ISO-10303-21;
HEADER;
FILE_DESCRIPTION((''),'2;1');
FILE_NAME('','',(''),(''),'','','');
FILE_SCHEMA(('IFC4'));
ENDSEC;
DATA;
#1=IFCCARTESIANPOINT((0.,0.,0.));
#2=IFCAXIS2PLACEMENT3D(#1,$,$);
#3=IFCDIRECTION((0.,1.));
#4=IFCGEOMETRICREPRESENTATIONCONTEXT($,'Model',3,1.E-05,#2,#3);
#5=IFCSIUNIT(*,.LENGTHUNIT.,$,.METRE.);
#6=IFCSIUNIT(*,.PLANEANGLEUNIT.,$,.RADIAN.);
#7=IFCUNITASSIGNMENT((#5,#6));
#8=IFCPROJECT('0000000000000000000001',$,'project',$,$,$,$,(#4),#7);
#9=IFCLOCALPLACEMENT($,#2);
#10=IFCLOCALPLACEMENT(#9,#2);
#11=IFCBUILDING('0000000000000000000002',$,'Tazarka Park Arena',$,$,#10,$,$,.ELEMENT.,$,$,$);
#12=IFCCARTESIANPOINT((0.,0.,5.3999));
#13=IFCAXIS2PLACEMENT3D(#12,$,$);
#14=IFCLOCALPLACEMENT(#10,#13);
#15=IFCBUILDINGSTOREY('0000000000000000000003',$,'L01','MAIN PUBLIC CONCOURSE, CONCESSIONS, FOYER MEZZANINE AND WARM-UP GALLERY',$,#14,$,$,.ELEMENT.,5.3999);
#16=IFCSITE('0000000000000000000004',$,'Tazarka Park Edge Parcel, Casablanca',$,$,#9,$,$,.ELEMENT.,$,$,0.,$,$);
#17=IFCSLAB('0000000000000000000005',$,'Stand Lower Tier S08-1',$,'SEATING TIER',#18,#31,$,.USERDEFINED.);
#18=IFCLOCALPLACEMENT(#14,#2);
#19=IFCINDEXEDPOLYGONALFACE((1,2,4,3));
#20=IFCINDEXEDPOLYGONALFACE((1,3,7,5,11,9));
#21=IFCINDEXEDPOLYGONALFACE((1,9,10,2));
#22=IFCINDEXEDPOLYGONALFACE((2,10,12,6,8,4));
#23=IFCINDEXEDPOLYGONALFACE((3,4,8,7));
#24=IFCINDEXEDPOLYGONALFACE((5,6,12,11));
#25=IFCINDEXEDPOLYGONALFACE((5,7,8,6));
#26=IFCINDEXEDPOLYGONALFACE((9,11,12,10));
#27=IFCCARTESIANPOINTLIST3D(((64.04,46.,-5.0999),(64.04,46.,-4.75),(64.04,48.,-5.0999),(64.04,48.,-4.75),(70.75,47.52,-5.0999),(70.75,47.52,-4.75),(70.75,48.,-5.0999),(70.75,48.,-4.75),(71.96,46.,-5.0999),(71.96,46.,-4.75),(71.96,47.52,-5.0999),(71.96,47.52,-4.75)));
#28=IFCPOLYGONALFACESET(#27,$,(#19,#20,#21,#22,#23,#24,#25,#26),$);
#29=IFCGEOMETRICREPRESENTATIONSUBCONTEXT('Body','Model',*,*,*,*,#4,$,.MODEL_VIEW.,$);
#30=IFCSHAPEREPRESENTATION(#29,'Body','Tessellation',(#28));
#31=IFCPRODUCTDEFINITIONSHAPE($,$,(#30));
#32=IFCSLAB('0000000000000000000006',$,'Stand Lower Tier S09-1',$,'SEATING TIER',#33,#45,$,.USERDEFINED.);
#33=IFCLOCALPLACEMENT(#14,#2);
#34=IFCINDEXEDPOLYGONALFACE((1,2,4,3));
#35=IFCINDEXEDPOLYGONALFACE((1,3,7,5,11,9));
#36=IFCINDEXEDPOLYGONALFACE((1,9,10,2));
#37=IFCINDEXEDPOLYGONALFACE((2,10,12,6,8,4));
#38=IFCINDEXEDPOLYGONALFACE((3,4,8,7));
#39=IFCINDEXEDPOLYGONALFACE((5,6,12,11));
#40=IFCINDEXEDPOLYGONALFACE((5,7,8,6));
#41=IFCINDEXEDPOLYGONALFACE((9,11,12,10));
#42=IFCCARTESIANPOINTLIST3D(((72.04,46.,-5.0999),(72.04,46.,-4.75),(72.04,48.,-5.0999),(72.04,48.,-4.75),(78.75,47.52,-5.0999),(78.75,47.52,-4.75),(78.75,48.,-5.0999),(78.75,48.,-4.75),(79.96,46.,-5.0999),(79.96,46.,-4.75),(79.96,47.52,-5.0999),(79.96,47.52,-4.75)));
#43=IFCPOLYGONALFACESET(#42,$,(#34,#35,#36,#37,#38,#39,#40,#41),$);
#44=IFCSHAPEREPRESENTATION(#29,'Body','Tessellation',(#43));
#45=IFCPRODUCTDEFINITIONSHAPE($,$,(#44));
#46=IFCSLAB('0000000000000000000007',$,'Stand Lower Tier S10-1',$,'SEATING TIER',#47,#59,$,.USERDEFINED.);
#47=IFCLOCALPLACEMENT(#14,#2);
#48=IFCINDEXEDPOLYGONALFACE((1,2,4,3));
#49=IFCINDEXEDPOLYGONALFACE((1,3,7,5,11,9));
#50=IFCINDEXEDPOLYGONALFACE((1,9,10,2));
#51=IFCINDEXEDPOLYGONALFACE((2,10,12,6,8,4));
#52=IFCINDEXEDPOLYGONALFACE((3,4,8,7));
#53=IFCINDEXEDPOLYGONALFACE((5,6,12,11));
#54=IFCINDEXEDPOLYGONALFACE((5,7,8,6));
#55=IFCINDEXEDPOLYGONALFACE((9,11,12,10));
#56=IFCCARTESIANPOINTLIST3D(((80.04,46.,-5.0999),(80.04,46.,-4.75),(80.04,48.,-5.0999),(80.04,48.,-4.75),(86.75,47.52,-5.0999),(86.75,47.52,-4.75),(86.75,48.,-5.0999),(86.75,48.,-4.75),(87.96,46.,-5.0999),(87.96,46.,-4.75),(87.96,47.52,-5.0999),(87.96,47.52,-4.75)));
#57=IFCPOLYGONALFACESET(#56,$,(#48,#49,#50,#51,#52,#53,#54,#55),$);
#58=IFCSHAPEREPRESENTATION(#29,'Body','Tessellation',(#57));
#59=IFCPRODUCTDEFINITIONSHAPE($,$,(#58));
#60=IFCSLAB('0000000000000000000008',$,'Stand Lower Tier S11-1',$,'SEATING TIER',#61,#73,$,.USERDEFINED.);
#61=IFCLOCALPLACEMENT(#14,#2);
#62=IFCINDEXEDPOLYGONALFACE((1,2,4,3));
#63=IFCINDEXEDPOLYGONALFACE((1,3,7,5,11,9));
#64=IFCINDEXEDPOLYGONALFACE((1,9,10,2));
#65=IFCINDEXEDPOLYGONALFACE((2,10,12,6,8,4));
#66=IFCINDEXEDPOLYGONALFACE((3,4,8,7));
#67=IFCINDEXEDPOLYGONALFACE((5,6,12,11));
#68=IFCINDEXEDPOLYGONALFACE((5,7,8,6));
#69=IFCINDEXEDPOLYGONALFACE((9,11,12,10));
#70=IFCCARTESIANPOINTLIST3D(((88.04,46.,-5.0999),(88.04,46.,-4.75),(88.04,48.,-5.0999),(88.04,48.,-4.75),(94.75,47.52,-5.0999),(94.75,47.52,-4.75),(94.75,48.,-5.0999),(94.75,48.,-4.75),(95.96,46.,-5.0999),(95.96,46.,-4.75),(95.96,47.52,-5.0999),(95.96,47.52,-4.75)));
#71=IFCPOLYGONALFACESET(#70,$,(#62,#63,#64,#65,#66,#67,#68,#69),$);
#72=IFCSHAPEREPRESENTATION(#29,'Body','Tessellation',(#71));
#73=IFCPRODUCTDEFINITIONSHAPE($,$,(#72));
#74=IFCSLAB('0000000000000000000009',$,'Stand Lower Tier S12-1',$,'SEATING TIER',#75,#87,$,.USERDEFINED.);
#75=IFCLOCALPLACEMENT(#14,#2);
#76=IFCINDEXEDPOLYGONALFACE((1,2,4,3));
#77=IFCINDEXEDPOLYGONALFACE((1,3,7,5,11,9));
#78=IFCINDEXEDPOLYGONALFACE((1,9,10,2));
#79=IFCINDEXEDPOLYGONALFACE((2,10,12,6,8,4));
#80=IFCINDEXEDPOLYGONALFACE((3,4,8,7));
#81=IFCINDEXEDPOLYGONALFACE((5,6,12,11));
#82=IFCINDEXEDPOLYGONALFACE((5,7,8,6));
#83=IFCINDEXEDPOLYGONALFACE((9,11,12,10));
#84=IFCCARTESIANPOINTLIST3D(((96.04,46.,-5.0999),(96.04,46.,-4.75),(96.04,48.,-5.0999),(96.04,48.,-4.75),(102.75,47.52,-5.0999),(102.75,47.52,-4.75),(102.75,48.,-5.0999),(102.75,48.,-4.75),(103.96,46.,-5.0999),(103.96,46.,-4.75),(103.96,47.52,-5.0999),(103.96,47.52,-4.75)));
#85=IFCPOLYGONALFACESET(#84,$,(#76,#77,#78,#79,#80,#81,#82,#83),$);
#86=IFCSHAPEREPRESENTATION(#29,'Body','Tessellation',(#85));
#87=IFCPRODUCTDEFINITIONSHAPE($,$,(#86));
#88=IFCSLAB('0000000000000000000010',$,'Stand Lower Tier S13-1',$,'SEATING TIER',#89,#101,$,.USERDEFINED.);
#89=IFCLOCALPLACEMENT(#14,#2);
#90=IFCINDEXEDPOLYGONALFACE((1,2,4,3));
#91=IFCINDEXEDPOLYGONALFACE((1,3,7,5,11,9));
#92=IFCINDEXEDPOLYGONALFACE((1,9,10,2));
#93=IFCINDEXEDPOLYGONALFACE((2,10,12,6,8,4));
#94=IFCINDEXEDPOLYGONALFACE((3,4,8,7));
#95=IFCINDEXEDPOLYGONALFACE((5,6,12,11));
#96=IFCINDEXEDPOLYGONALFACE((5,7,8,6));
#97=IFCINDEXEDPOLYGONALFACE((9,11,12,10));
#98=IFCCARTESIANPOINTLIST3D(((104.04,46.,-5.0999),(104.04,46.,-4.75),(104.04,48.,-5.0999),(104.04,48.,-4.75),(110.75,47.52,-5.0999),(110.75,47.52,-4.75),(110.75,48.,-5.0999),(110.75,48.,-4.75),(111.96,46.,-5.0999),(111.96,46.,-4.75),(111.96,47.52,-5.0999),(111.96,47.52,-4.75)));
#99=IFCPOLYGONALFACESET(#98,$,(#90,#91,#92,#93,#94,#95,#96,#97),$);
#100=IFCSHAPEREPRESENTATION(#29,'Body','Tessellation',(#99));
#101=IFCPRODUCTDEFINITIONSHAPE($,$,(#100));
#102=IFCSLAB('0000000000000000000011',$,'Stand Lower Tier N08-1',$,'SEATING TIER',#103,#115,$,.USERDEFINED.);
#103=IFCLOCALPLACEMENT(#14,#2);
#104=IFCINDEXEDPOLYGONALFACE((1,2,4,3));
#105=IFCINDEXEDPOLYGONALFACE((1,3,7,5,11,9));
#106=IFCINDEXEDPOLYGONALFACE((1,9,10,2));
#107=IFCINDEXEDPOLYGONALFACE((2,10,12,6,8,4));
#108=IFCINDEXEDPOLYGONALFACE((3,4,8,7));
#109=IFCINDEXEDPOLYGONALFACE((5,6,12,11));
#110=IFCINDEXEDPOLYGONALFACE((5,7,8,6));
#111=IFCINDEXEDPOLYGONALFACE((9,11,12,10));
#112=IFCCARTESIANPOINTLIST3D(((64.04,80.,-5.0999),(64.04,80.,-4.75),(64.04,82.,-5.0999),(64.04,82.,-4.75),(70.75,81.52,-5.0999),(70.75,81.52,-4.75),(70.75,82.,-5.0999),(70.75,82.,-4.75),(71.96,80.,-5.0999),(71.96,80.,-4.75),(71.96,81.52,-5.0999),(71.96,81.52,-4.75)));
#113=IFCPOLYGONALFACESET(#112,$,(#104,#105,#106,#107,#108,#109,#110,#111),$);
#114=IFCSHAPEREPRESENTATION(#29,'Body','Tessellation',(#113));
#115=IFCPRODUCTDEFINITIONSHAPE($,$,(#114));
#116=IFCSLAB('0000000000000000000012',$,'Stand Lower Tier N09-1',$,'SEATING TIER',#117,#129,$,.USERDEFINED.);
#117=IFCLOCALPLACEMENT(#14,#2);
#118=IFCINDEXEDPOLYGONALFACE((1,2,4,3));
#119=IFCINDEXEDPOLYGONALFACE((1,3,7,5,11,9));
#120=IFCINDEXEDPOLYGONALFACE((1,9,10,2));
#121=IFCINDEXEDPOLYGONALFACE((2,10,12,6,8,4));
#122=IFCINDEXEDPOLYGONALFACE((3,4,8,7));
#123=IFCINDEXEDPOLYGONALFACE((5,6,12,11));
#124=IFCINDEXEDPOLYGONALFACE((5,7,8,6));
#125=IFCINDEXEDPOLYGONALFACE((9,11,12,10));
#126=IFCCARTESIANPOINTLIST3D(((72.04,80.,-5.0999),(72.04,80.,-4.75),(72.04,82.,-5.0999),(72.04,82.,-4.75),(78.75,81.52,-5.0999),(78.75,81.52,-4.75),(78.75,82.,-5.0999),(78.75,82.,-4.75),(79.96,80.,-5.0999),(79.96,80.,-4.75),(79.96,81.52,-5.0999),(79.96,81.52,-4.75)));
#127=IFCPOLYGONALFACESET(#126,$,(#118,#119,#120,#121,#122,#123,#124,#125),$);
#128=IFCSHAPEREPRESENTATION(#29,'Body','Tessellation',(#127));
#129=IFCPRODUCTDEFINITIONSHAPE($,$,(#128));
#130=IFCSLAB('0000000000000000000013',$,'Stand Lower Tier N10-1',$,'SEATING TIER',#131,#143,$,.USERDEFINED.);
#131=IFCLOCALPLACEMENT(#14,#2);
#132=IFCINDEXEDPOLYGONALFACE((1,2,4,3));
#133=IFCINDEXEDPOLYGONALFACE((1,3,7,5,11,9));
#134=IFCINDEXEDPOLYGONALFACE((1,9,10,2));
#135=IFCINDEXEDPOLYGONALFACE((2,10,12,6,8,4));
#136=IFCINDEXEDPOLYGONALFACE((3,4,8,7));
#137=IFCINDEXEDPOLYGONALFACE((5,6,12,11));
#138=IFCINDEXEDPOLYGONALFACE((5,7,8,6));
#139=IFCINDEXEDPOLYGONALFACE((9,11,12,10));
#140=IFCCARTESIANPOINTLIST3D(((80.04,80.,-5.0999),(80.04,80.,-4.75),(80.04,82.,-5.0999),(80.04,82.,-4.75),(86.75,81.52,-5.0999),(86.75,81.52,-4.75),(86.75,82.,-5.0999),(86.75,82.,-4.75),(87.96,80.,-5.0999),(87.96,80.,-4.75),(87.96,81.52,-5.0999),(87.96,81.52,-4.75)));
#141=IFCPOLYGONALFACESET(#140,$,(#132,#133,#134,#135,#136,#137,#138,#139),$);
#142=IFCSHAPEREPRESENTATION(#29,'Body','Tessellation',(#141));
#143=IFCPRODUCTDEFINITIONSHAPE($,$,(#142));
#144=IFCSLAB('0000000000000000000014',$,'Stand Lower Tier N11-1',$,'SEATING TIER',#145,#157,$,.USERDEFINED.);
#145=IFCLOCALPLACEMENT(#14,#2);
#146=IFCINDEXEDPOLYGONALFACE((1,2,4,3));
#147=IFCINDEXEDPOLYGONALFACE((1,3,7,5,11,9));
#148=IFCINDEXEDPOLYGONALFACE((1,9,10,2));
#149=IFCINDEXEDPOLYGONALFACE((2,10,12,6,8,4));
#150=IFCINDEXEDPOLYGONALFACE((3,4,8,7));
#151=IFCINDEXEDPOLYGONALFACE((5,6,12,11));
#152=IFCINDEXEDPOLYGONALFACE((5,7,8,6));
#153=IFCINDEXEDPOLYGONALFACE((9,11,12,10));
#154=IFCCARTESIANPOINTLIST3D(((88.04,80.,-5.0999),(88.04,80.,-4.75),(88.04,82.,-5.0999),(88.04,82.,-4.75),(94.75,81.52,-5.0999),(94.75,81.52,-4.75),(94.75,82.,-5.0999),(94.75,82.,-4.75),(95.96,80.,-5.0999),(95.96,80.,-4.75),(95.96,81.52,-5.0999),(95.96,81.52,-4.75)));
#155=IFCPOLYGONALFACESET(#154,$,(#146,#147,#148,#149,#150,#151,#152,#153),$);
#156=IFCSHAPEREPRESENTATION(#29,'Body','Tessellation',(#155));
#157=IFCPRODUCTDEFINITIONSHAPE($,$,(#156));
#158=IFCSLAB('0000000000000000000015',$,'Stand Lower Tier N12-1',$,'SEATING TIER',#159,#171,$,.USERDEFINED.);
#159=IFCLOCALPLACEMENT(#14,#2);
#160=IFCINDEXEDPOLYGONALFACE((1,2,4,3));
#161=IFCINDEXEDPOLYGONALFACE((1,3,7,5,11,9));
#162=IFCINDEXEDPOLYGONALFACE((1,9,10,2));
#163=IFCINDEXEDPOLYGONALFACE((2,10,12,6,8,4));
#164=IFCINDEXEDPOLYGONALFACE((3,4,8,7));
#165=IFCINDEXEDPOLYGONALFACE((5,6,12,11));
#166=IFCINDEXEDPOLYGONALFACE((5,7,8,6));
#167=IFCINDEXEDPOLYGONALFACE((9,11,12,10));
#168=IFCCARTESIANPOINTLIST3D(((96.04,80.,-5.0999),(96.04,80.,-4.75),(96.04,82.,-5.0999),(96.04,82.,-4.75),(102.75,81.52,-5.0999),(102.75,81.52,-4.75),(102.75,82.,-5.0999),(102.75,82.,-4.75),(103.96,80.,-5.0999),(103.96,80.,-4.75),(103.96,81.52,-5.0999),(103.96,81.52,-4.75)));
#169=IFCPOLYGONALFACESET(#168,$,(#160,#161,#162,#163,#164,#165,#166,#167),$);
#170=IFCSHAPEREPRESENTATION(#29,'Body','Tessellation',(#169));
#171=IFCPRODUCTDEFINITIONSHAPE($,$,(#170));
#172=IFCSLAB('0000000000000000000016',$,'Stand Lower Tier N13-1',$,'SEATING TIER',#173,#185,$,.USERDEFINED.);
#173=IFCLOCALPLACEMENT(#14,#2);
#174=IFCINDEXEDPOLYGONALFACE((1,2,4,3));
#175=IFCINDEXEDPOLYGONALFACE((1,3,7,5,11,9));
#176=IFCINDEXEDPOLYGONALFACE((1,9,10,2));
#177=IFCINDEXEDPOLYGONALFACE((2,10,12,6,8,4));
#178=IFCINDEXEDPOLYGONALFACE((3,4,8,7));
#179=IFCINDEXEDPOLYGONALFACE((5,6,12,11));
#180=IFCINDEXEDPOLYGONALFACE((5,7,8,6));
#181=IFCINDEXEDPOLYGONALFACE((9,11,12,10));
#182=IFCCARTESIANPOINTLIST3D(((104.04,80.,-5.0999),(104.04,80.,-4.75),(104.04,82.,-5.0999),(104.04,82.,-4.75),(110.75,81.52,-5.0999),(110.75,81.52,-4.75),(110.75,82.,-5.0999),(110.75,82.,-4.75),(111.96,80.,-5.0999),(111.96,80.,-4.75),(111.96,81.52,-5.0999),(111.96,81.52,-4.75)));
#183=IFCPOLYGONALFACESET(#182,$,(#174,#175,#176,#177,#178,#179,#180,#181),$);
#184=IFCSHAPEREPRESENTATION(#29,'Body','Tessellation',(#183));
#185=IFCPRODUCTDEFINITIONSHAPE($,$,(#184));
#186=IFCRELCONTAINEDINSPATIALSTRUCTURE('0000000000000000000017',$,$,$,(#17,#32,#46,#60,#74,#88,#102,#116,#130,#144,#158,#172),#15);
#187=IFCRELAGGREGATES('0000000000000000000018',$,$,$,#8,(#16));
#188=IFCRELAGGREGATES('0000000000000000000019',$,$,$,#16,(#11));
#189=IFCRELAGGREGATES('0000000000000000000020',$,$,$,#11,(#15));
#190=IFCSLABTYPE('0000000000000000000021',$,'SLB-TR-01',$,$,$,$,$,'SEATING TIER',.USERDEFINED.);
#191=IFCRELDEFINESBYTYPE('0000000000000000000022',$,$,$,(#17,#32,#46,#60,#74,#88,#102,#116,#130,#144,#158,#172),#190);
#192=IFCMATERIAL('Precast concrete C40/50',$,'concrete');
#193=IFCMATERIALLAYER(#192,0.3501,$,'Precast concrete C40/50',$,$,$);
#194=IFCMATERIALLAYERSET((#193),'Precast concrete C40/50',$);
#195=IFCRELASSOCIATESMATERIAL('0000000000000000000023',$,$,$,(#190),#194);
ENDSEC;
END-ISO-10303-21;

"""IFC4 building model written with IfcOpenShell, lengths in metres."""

from ifc_helpers import new_model, si_unit, direction, frame, origin, place, context, subcontext, project, spatial, polyline, outline, extrude, material, layer, layer_set, type_object, element, save


model = new_model("IFC4")

# Units and contexts
model_context = context("Model", 3, precision=1e-05, world=origin(), true_north=direction((0.0, 1.0)))
body_context = subcontext(model_context, "Body", "Model", "MODEL_VIEW")
ifc_project = project(units=[si_unit("LENGTHUNIT", "METRE"), si_unit("PLANEANGLEUNIT", "RADIAN")], contexts=[model_context])

# Site, building, storey
site_placement = place(None, origin())
site = spatial("IfcSite", under=ifc_project, at=site_placement, Name="Tazarka Park Edge Parcel, Casablanca", CompositionType="ELEMENT", RefElevation=0.0)
building_placement = place(site_placement, origin())
building = spatial("IfcBuilding", under=site, at=building_placement, Name="Tazarka Park Arena", CompositionType="ELEMENT")
storey_placement = place(building_placement, frame((0.0, 0.0, 5.3999)))
storey = spatial("IfcBuildingStorey", under=building, at=storey_placement, Name="L01", Description="MAIN PUBLIC CONCOURSE, CONCESSIONS, FOYER MEZZANINE AND WARM-UP GALLERY", CompositionType="ELEMENT", Elevation=5.3999)

# Slabs
ifc_material_1 = material(Name="Precast concrete C40/50", Category="concrete")
ifc_layer_1 = layer(ifc_material_1, 0.3501, Name="Precast concrete C40/50")
ifc_layer_set_1 = layer_set([ifc_layer_1], Name="Precast concrete C40/50")
slab_type_1 = type_object("IfcSlabType", Name="SLB-TR-01", ElementType="SEATING TIER", PredefinedType="USERDEFINED", material=ifc_layer_set_1)
slab_1_placement = place(storey_placement, frame((0.0, 0.0, -5.0999)))
element("IfcSlab", 1, at=slab_1_placement, inside=storey, type_object=slab_type_1, Name="Stand Lower Tier S08-1", ObjectType="SEATING TIER", PredefinedType="USERDEFINED", context=body_context, shape_type="SweptSolid", body=[
    extrude(outline(polyline([(64.04, 46.0), (71.96, 46.0), (71.96, 47.52), (70.75, 47.52), (70.75, 48.0), (64.04, 48.0), (64.04, 46.0)])), origin(), (0.0, 0.0, 1.0), 0.3499),
])
slab_2_placement = place(storey_placement, frame((0.0, 0.0, -5.0999)))
element("IfcSlab", 2, at=slab_2_placement, inside=storey, type_object=slab_type_1, Name="Stand Lower Tier S09-1", ObjectType="SEATING TIER", PredefinedType="USERDEFINED", context=body_context, shape_type="SweptSolid", body=[
    extrude(outline(polyline([(72.04, 46.0), (79.96, 46.0), (79.96, 47.52), (78.75, 47.52), (78.75, 48.0), (72.04, 48.0), (72.04, 46.0)])), origin(), (0.0, 0.0, 1.0), 0.3499),
])
slab_3_placement = place(storey_placement, frame((0.0, 0.0, -5.0999)))
element("IfcSlab", 3, at=slab_3_placement, inside=storey, type_object=slab_type_1, Name="Stand Lower Tier S10-1", ObjectType="SEATING TIER", PredefinedType="USERDEFINED", context=body_context, shape_type="SweptSolid", body=[
    extrude(outline(polyline([(80.04, 46.0), (87.96, 46.0), (87.96, 47.52), (86.75, 47.52), (86.75, 48.0), (80.04, 48.0), (80.04, 46.0)])), origin(), (0.0, 0.0, 1.0), 0.3499),
])
slab_4_placement = place(storey_placement, frame((0.0, 0.0, -5.0999)))
element("IfcSlab", 4, at=slab_4_placement, inside=storey, type_object=slab_type_1, Name="Stand Lower Tier S11-1", ObjectType="SEATING TIER", PredefinedType="USERDEFINED", context=body_context, shape_type="SweptSolid", body=[
    extrude(outline(polyline([(88.04, 46.0), (95.96, 46.0), (95.96, 47.52), (94.75, 47.52), (94.75, 48.0), (88.04, 48.0), (88.04, 46.0)])), origin(), (0.0, 0.0, 1.0), 0.3499),
])
slab_5_placement = place(storey_placement, frame((0.0, 0.0, -5.0999)))
element("IfcSlab", 5, at=slab_5_placement, inside=storey, type_object=slab_type_1, Name="Stand Lower Tier S12-1", ObjectType="SEATING TIER", PredefinedType="USERDEFINED", context=body_context, shape_type="SweptSolid", body=[
    extrude(outline(polyline([(96.04, 46.0), (103.96, 46.0), (103.96, 47.52), (102.75, 47.52), (102.75, 48.0), (96.04, 48.0), (96.04, 46.0)])), origin(), (0.0, 0.0, 1.0), 0.3499),
])
slab_6_placement = place(storey_placement, frame((0.0, 0.0, -5.0999)))
element("IfcSlab", 6, at=slab_6_placement, inside=storey, type_object=slab_type_1, Name="Stand Lower Tier S13-1", ObjectType="SEATING TIER", PredefinedType="USERDEFINED", context=body_context, shape_type="SweptSolid", body=[
    extrude(outline(polyline([(104.04, 46.0), (111.96, 46.0), (111.96, 47.52), (110.75, 47.52), (110.75, 48.0), (104.04, 48.0), (104.04, 46.0)])), origin(), (0.0, 0.0, 1.0), 0.3499),
])
slab_7_placement = place(storey_placement, frame((0.0, 0.0, -5.0999)))
element("IfcSlab", 7, at=slab_7_placement, inside=storey, type_object=slab_type_1, Name="Stand Lower Tier N08-1", ObjectType="SEATING TIER", PredefinedType="USERDEFINED", context=body_context, shape_type="SweptSolid", body=[
    extrude(outline(polyline([(64.04, 80.0), (71.96, 80.0), (71.96, 81.52), (70.75, 81.52), (70.75, 82.0), (64.04, 82.0), (64.04, 80.0)])), origin(), (0.0, 0.0, 1.0), 0.3499),
])
slab_8_placement = place(storey_placement, frame((0.0, 0.0, -5.0999)))
element("IfcSlab", 8, at=slab_8_placement, inside=storey, type_object=slab_type_1, Name="Stand Lower Tier N09-1", ObjectType="SEATING TIER", PredefinedType="USERDEFINED", context=body_context, shape_type="SweptSolid", body=[
    extrude(outline(polyline([(72.04, 80.0), (79.96, 80.0), (79.96, 81.52), (78.75, 81.52), (78.75, 82.0), (72.04, 82.0), (72.04, 80.0)])), origin(), (0.0, 0.0, 1.0), 0.3499),
])
slab_9_placement = place(storey_placement, frame((0.0, 0.0, -5.0999)))
element("IfcSlab", 9, at=slab_9_placement, inside=storey, type_object=slab_type_1, Name="Stand Lower Tier N10-1", ObjectType="SEATING TIER", PredefinedType="USERDEFINED", context=body_context, shape_type="SweptSolid", body=[
    extrude(outline(polyline([(80.04, 80.0), (87.96, 80.0), (87.96, 81.52), (86.75, 81.52), (86.75, 82.0), (80.04, 82.0), (80.04, 80.0)])), origin(), (0.0, 0.0, 1.0), 0.3499),
])
slab_10_placement = place(storey_placement, frame((0.0, 0.0, -5.0999)))
element("IfcSlab", 10, at=slab_10_placement, inside=storey, type_object=slab_type_1, Name="Stand Lower Tier N11-1", ObjectType="SEATING TIER", PredefinedType="USERDEFINED", context=body_context, shape_type="SweptSolid", body=[
    extrude(outline(polyline([(88.04, 80.0), (95.96, 80.0), (95.96, 81.52), (94.75, 81.52), (94.75, 82.0), (88.04, 82.0), (88.04, 80.0)])), origin(), (0.0, 0.0, 1.0), 0.3499),
])
slab_11_placement = place(storey_placement, frame((0.0, 0.0, -5.0999)))
element("IfcSlab", 11, at=slab_11_placement, inside=storey, type_object=slab_type_1, Name="Stand Lower Tier N12-1", ObjectType="SEATING TIER", PredefinedType="USERDEFINED", context=body_context, shape_type="SweptSolid", body=[
    extrude(outline(polyline([(96.04, 80.0), (103.96, 80.0), (103.96, 81.52), (102.75, 81.52), (102.75, 82.0), (96.04, 82.0), (96.04, 80.0)])), origin(), (0.0, 0.0, 1.0), 0.3499),
])
slab_12_placement = place(storey_placement, frame((0.0, 0.0, -5.0999)))
element("IfcSlab", 12, at=slab_12_placement, inside=storey, type_object=slab_type_1, Name="Stand Lower Tier N13-1", ObjectType="SEATING TIER", PredefinedType="USERDEFINED", context=body_context, shape_type="SweptSolid", body=[
    extrude(outline(polyline([(104.04, 80.0), (111.96, 80.0), (111.96, 81.52), (110.75, 81.52), (110.75, 82.0), (104.04, 82.0), (104.04, 80.0)])), origin(), (0.0, 0.0, 1.0), 0.3499),
])

save(model, "model.ifc")
